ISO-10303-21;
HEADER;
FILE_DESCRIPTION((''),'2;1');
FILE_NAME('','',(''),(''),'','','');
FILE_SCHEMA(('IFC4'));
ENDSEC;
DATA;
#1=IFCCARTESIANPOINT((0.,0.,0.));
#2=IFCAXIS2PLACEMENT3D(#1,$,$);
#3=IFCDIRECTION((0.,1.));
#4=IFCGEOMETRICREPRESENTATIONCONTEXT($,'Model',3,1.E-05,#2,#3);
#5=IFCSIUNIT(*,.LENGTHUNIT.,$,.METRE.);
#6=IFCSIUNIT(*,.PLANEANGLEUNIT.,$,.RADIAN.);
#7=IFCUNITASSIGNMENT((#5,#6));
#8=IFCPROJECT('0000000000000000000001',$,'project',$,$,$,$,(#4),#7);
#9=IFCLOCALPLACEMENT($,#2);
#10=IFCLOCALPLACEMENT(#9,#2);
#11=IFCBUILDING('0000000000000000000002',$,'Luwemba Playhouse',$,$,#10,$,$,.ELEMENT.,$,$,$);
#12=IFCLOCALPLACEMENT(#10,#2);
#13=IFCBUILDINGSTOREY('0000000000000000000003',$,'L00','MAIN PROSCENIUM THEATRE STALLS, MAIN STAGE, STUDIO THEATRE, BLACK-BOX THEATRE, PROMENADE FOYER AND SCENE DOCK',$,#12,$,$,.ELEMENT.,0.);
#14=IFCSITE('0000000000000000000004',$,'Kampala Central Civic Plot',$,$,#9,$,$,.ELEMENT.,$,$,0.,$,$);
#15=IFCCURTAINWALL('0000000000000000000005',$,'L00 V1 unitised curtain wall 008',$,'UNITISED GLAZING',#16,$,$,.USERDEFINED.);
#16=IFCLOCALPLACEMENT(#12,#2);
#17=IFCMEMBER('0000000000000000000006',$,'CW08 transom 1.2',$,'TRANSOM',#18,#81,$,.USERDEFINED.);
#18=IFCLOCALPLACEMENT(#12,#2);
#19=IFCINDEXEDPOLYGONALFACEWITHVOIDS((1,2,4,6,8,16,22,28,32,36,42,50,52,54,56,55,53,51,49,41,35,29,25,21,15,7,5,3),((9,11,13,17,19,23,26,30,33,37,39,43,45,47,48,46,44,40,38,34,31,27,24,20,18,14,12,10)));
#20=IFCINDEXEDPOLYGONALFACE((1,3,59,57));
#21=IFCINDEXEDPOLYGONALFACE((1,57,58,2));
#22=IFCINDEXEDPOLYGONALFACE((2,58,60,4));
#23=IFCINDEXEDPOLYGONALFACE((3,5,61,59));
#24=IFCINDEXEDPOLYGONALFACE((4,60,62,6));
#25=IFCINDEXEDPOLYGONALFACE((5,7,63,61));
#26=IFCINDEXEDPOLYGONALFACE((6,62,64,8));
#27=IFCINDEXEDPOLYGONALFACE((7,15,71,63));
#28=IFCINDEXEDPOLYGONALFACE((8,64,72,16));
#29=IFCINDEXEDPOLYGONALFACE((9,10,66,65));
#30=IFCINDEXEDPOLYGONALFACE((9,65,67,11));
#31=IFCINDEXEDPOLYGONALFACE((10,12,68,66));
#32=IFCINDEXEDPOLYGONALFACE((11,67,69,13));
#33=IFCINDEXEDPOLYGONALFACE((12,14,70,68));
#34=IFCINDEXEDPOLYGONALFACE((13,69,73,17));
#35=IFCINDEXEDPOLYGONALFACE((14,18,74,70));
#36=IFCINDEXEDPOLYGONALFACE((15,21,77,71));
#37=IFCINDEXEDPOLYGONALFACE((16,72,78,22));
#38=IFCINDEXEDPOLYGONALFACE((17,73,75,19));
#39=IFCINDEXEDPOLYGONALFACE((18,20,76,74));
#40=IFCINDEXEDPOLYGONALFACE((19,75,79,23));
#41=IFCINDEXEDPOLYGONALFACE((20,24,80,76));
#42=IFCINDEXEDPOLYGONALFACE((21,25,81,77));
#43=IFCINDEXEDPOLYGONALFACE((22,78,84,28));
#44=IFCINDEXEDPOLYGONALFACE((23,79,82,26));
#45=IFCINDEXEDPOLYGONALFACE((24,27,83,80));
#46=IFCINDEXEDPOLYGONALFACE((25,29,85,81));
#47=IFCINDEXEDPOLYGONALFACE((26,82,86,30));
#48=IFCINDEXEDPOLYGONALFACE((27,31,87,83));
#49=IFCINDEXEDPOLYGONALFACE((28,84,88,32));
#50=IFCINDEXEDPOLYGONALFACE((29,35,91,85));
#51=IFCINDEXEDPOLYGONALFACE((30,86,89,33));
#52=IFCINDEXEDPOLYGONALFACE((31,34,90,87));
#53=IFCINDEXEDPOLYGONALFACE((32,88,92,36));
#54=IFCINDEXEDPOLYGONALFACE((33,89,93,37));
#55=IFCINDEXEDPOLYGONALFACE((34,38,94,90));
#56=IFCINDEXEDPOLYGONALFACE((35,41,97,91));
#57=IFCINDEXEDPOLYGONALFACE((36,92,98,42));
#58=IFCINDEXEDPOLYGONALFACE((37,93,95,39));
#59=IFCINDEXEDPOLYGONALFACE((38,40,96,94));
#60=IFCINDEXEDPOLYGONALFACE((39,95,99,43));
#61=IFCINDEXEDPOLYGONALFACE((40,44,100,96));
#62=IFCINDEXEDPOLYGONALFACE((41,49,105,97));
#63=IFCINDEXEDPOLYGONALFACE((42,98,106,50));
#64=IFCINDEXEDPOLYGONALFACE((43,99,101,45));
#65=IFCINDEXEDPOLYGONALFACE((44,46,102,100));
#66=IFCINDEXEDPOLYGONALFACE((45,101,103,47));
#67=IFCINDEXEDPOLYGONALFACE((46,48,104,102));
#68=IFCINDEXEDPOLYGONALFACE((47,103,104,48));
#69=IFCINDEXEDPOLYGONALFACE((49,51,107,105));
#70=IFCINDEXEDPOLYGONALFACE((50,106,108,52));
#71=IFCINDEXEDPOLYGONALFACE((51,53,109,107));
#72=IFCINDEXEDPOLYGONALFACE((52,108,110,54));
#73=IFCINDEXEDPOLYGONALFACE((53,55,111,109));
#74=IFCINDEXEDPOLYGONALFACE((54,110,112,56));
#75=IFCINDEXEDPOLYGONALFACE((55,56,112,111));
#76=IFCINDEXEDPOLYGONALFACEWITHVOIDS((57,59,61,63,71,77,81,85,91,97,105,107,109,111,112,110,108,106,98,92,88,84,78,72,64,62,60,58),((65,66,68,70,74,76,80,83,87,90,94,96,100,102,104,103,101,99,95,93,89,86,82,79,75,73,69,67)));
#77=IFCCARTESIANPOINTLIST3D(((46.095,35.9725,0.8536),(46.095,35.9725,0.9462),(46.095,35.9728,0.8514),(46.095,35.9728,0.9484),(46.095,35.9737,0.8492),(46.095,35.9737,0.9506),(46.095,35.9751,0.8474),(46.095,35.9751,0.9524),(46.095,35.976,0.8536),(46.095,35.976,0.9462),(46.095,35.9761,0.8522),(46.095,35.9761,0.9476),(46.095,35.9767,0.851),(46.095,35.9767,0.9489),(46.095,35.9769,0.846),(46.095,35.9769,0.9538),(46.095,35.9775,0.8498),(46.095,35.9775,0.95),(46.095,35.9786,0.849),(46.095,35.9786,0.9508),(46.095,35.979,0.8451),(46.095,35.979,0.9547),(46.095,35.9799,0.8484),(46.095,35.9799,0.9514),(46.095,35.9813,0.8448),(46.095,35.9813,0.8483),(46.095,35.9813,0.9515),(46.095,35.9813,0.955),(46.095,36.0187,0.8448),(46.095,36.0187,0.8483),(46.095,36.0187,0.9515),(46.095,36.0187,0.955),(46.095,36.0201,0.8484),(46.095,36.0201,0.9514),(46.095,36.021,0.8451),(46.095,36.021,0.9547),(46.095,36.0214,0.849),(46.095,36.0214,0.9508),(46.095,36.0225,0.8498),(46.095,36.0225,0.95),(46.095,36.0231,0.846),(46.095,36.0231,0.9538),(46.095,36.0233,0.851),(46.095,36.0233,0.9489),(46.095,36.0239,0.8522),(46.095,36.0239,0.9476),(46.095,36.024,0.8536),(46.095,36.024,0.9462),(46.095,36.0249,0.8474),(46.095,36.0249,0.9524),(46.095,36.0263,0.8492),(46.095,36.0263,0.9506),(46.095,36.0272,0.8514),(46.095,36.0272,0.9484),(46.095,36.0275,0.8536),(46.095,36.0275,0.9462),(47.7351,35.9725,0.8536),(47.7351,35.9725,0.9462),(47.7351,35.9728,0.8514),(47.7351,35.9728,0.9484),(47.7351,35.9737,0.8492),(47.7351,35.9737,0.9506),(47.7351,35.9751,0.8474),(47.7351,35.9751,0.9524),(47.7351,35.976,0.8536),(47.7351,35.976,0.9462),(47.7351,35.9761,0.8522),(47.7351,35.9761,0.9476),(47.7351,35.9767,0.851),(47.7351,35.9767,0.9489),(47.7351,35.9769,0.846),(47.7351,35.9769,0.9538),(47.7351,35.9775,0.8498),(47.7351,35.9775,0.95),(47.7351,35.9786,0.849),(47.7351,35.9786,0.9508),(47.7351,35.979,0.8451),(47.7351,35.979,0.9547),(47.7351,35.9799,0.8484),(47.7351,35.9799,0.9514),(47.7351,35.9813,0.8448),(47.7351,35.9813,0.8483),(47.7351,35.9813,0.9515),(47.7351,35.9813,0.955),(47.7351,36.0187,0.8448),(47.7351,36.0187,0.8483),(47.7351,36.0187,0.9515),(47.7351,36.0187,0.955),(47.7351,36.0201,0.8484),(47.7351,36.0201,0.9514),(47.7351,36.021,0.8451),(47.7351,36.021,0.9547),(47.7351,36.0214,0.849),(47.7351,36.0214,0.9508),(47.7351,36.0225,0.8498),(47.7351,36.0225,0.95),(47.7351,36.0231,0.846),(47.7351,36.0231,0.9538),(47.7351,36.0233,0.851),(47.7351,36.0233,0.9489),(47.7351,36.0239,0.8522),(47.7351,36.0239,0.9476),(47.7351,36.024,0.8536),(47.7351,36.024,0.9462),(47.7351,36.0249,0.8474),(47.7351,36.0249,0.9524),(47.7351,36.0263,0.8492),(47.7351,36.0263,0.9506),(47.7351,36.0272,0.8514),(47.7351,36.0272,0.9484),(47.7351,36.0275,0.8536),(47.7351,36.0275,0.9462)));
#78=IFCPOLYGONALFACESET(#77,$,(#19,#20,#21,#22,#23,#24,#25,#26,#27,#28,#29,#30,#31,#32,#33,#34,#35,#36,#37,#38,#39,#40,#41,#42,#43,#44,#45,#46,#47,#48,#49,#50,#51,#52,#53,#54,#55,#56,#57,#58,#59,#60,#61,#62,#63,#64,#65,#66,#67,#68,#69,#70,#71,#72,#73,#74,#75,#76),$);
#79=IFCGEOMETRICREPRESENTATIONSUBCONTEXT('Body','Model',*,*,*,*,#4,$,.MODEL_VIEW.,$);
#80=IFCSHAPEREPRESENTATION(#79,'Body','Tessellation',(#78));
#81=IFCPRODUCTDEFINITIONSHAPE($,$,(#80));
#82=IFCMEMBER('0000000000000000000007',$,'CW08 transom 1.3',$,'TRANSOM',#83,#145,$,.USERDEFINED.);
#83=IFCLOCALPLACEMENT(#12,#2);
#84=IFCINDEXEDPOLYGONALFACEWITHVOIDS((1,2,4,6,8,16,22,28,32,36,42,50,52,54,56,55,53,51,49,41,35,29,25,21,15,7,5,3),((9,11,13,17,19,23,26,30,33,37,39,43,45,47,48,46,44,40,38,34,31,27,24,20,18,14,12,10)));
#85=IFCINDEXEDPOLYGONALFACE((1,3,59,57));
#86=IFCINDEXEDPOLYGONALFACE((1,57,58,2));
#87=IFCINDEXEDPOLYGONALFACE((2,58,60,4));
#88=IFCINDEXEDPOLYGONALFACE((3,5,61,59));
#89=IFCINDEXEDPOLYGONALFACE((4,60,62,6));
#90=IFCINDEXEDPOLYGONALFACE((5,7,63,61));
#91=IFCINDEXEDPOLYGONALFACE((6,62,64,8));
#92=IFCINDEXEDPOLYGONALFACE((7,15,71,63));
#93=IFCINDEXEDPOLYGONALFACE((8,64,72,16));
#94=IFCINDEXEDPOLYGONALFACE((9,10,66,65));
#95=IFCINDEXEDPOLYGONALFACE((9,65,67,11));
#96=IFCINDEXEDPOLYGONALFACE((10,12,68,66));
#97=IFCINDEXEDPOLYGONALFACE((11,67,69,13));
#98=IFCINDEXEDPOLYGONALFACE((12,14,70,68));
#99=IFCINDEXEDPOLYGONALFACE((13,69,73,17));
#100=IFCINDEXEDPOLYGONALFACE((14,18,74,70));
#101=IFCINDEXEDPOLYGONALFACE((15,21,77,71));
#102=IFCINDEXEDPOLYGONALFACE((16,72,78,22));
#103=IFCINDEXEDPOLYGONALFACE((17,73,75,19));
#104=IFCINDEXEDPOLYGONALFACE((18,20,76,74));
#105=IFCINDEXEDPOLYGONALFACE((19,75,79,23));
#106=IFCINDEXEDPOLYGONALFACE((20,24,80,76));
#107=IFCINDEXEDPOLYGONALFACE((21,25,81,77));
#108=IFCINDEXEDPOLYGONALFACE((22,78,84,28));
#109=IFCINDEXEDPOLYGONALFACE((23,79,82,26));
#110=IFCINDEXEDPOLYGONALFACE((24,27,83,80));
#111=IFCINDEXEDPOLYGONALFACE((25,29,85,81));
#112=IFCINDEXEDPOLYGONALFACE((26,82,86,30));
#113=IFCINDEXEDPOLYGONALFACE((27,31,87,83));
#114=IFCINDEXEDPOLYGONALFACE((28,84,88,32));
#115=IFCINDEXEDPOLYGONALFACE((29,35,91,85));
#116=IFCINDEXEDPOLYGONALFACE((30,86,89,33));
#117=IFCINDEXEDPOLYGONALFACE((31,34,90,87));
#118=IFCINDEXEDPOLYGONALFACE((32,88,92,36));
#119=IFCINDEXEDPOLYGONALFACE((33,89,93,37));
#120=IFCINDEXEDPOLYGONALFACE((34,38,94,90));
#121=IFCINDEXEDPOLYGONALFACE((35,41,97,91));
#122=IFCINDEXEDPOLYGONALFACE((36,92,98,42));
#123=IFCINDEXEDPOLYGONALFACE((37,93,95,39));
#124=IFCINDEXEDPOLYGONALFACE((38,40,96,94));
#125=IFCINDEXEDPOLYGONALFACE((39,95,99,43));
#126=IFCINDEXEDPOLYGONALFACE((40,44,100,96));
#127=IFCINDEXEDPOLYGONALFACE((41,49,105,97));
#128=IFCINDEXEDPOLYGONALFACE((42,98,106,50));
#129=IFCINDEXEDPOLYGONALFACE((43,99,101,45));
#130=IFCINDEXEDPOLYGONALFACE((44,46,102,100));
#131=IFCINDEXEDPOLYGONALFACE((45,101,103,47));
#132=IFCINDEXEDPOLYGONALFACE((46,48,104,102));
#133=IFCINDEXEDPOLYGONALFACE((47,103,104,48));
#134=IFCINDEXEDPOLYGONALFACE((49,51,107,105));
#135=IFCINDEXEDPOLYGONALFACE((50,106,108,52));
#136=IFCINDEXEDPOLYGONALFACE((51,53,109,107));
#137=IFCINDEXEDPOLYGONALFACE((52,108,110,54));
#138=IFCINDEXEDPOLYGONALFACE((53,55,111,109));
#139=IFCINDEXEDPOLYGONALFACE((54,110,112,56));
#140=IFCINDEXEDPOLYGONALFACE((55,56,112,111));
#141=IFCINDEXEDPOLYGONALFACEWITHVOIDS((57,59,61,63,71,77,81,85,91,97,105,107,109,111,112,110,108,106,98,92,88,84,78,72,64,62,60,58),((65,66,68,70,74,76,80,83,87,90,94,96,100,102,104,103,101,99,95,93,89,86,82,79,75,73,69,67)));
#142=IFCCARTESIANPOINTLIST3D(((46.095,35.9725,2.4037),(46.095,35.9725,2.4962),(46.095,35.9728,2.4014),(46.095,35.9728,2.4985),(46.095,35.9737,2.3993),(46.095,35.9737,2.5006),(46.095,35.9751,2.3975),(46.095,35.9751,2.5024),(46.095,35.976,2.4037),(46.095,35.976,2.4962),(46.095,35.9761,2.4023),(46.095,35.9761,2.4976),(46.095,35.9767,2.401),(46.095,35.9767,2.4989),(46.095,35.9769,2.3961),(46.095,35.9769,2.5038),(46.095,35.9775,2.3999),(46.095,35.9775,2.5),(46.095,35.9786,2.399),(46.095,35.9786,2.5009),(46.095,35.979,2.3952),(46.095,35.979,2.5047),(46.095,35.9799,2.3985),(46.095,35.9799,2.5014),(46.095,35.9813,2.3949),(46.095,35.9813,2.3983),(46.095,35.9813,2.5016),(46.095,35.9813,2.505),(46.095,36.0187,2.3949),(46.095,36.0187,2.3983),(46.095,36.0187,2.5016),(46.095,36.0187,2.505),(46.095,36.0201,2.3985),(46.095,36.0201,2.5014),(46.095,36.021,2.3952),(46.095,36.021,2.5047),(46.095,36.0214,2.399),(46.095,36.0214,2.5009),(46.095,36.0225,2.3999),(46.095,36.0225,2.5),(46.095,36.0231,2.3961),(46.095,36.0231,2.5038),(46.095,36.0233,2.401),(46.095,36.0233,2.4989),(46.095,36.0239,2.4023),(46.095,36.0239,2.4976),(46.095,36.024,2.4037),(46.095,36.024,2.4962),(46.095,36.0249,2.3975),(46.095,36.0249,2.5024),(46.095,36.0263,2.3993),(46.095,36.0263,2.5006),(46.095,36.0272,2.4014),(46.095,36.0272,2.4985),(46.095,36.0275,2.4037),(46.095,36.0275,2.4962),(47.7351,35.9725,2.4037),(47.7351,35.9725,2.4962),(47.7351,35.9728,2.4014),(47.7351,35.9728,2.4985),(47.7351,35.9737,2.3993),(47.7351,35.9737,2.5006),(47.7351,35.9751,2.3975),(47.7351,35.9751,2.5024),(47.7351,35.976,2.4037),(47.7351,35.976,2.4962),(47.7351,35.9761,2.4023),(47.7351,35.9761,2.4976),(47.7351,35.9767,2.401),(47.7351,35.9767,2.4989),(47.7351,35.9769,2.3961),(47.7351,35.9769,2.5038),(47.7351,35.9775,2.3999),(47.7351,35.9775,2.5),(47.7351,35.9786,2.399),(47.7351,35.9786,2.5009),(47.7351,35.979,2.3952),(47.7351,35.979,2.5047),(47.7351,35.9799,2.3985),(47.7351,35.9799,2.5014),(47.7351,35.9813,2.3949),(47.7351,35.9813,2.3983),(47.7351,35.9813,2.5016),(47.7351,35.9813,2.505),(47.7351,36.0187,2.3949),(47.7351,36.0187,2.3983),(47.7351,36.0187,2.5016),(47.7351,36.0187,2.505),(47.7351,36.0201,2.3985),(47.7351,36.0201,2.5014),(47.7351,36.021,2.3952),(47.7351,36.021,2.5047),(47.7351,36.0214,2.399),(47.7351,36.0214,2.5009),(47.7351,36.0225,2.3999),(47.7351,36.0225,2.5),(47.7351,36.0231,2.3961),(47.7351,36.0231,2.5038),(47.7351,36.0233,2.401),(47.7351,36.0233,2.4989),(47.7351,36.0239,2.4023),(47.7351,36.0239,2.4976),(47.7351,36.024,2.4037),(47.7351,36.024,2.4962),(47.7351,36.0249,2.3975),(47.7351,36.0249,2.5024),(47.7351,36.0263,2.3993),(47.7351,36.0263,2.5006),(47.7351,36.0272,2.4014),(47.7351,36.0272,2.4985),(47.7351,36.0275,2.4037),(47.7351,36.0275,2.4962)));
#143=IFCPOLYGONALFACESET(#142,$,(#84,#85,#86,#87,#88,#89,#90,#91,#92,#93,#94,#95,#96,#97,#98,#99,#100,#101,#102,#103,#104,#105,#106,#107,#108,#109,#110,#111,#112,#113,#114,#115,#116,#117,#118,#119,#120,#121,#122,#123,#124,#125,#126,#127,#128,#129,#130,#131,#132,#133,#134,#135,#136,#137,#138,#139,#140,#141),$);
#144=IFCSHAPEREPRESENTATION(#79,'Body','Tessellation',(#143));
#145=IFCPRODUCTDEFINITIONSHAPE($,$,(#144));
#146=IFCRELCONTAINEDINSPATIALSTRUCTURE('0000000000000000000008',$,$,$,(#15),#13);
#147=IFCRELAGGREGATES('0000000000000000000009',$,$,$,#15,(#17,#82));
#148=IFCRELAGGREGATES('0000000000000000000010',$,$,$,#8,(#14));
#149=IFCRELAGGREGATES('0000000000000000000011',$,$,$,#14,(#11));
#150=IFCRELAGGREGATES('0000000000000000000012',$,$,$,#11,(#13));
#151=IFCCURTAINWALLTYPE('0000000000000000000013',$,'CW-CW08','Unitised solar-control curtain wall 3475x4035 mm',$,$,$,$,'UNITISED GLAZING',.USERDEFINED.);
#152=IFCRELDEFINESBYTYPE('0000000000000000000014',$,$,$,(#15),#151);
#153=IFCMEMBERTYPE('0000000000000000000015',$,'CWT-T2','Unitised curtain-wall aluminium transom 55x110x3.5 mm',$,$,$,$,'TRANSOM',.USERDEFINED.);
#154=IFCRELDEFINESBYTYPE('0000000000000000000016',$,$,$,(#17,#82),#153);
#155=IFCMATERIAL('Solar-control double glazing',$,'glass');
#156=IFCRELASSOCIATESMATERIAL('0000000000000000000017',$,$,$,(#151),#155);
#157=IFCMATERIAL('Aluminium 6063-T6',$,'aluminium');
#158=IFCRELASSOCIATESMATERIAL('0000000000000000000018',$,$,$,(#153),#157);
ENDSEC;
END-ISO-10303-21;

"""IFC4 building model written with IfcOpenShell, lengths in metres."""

from ifc_helpers import new_model, si_unit, direction, frame, origin, origin_2d, place, context, subcontext, project, spatial, hollow_rectangle, extrude, material, material_profile, profile_set, type_object, element, aggregate, save


model = new_model("IFC4")

# Units and contexts
model_context = context("Model", 3, precision=1e-05, world=origin(), true_north=direction((0.0, 1.0)))
body_context = subcontext(model_context, "Body", "Model", "MODEL_VIEW")
ifc_project = project(units=[si_unit("LENGTHUNIT", "METRE"), si_unit("PLANEANGLEUNIT", "RADIAN")], contexts=[model_context])

# Site, building, storey
site_placement = place(None, origin())
site = spatial("IfcSite", under=ifc_project, at=site_placement, Name="Kampala Central Civic Plot", CompositionType="ELEMENT", RefElevation=0.0)
building_placement = place(site_placement, origin())
building = spatial("IfcBuilding", under=site, at=building_placement, Name="Luwemba Playhouse", CompositionType="ELEMENT")
storey_placement = place(building_placement, origin())
storey = spatial("IfcBuildingStorey", under=building, at=storey_placement, Name="L00", Description="MAIN PROSCENIUM THEATRE STALLS, MAIN STAGE, STUDIO THEATRE, BLACK-BOX THEATRE, PROMENADE FOYER AND SCENE DOCK", CompositionType="ELEMENT", Elevation=0.0)

# Shared definitions
ifc_material_1 = material(Name="Solar-control double glazing", Category="glass")
ifc_material_2 = material(Name="Aluminium 6063-T6", Category="aluminium")

# Curtain wall
curtain_wall_type_1 = type_object("IfcCurtainWallType", Name="CW-CW08", Description="Unitised solar-control curtain wall 3475x4035 mm", ElementType="UNITISED GLAZING", PredefinedType="USERDEFINED", material=ifc_material_1)
curtain_wall_1_placement = place(storey_placement, origin())
curtain_wall_1 = element("IfcCurtainWall", 1, at=curtain_wall_1_placement, inside=storey, type_object=curtain_wall_type_1, Name="L00 V1 unitised curtain wall 008", ObjectType="UNITISED GLAZING", PredefinedType="USERDEFINED")

# Members
ifc_material_profile_1 = material_profile(ifc_material_2, hollow_rectangle(XDim=0.0549, YDim=0.1101, WallThickness=0.0034, InnerFilletRadius=0.0054, OuterFilletRadius=0.0088, at=origin_2d()))
ifc_profile_set_1 = profile_set([ifc_material_profile_1], Name="Aluminium 6063-T6")
member_type_1 = type_object("IfcMemberType", Name="CWT-T2", Description="Unitised curtain-wall aluminium transom 55x110x3.5 mm", ElementType="TRANSOM", PredefinedType="USERDEFINED", material=ifc_profile_set_1)
member_1_placement = place(storey_placement, frame((47.7351, 36.0, 0.8999), z_axis=(-1.0, 0.0, 0.0), x_axis=(0.0, -1.0, 0.0)))
member_1 = element("IfcMember", 2, at=member_1_placement, type_object=member_type_1, Name="CW08 transom 1.2", ObjectType="TRANSOM", PredefinedType="USERDEFINED", context=body_context, shape_type="SweptSolid", body=[
    extrude(hollow_rectangle(XDim=0.0549, YDim=0.1101, WallThickness=0.0034, InnerFilletRadius=0.0054, OuterFilletRadius=0.0088, at=origin_2d()), origin(), (0.0, 0.0, 1.0), 1.6401),
])
member_2_placement = place(storey_placement, frame((47.7351, 36.0, 2.45), z_axis=(-1.0, 0.0, 0.0), x_axis=(0.0, -1.0, 0.0)))
member_2 = element("IfcMember", 3, at=member_2_placement, type_object=member_type_1, Name="CW08 transom 1.3", ObjectType="TRANSOM", PredefinedType="USERDEFINED", context=body_context, shape_type="SweptSolid", body=[
    extrude(hollow_rectangle(XDim=0.0549, YDim=0.1101, WallThickness=0.0034, InnerFilletRadius=0.0054, OuterFilletRadius=0.0088, at=origin_2d()), origin(), (0.0, 0.0, 1.0), 1.6401),
])

aggregate(curtain_wall_1, [member_1, member_2])

save(model, "model.ifc")
